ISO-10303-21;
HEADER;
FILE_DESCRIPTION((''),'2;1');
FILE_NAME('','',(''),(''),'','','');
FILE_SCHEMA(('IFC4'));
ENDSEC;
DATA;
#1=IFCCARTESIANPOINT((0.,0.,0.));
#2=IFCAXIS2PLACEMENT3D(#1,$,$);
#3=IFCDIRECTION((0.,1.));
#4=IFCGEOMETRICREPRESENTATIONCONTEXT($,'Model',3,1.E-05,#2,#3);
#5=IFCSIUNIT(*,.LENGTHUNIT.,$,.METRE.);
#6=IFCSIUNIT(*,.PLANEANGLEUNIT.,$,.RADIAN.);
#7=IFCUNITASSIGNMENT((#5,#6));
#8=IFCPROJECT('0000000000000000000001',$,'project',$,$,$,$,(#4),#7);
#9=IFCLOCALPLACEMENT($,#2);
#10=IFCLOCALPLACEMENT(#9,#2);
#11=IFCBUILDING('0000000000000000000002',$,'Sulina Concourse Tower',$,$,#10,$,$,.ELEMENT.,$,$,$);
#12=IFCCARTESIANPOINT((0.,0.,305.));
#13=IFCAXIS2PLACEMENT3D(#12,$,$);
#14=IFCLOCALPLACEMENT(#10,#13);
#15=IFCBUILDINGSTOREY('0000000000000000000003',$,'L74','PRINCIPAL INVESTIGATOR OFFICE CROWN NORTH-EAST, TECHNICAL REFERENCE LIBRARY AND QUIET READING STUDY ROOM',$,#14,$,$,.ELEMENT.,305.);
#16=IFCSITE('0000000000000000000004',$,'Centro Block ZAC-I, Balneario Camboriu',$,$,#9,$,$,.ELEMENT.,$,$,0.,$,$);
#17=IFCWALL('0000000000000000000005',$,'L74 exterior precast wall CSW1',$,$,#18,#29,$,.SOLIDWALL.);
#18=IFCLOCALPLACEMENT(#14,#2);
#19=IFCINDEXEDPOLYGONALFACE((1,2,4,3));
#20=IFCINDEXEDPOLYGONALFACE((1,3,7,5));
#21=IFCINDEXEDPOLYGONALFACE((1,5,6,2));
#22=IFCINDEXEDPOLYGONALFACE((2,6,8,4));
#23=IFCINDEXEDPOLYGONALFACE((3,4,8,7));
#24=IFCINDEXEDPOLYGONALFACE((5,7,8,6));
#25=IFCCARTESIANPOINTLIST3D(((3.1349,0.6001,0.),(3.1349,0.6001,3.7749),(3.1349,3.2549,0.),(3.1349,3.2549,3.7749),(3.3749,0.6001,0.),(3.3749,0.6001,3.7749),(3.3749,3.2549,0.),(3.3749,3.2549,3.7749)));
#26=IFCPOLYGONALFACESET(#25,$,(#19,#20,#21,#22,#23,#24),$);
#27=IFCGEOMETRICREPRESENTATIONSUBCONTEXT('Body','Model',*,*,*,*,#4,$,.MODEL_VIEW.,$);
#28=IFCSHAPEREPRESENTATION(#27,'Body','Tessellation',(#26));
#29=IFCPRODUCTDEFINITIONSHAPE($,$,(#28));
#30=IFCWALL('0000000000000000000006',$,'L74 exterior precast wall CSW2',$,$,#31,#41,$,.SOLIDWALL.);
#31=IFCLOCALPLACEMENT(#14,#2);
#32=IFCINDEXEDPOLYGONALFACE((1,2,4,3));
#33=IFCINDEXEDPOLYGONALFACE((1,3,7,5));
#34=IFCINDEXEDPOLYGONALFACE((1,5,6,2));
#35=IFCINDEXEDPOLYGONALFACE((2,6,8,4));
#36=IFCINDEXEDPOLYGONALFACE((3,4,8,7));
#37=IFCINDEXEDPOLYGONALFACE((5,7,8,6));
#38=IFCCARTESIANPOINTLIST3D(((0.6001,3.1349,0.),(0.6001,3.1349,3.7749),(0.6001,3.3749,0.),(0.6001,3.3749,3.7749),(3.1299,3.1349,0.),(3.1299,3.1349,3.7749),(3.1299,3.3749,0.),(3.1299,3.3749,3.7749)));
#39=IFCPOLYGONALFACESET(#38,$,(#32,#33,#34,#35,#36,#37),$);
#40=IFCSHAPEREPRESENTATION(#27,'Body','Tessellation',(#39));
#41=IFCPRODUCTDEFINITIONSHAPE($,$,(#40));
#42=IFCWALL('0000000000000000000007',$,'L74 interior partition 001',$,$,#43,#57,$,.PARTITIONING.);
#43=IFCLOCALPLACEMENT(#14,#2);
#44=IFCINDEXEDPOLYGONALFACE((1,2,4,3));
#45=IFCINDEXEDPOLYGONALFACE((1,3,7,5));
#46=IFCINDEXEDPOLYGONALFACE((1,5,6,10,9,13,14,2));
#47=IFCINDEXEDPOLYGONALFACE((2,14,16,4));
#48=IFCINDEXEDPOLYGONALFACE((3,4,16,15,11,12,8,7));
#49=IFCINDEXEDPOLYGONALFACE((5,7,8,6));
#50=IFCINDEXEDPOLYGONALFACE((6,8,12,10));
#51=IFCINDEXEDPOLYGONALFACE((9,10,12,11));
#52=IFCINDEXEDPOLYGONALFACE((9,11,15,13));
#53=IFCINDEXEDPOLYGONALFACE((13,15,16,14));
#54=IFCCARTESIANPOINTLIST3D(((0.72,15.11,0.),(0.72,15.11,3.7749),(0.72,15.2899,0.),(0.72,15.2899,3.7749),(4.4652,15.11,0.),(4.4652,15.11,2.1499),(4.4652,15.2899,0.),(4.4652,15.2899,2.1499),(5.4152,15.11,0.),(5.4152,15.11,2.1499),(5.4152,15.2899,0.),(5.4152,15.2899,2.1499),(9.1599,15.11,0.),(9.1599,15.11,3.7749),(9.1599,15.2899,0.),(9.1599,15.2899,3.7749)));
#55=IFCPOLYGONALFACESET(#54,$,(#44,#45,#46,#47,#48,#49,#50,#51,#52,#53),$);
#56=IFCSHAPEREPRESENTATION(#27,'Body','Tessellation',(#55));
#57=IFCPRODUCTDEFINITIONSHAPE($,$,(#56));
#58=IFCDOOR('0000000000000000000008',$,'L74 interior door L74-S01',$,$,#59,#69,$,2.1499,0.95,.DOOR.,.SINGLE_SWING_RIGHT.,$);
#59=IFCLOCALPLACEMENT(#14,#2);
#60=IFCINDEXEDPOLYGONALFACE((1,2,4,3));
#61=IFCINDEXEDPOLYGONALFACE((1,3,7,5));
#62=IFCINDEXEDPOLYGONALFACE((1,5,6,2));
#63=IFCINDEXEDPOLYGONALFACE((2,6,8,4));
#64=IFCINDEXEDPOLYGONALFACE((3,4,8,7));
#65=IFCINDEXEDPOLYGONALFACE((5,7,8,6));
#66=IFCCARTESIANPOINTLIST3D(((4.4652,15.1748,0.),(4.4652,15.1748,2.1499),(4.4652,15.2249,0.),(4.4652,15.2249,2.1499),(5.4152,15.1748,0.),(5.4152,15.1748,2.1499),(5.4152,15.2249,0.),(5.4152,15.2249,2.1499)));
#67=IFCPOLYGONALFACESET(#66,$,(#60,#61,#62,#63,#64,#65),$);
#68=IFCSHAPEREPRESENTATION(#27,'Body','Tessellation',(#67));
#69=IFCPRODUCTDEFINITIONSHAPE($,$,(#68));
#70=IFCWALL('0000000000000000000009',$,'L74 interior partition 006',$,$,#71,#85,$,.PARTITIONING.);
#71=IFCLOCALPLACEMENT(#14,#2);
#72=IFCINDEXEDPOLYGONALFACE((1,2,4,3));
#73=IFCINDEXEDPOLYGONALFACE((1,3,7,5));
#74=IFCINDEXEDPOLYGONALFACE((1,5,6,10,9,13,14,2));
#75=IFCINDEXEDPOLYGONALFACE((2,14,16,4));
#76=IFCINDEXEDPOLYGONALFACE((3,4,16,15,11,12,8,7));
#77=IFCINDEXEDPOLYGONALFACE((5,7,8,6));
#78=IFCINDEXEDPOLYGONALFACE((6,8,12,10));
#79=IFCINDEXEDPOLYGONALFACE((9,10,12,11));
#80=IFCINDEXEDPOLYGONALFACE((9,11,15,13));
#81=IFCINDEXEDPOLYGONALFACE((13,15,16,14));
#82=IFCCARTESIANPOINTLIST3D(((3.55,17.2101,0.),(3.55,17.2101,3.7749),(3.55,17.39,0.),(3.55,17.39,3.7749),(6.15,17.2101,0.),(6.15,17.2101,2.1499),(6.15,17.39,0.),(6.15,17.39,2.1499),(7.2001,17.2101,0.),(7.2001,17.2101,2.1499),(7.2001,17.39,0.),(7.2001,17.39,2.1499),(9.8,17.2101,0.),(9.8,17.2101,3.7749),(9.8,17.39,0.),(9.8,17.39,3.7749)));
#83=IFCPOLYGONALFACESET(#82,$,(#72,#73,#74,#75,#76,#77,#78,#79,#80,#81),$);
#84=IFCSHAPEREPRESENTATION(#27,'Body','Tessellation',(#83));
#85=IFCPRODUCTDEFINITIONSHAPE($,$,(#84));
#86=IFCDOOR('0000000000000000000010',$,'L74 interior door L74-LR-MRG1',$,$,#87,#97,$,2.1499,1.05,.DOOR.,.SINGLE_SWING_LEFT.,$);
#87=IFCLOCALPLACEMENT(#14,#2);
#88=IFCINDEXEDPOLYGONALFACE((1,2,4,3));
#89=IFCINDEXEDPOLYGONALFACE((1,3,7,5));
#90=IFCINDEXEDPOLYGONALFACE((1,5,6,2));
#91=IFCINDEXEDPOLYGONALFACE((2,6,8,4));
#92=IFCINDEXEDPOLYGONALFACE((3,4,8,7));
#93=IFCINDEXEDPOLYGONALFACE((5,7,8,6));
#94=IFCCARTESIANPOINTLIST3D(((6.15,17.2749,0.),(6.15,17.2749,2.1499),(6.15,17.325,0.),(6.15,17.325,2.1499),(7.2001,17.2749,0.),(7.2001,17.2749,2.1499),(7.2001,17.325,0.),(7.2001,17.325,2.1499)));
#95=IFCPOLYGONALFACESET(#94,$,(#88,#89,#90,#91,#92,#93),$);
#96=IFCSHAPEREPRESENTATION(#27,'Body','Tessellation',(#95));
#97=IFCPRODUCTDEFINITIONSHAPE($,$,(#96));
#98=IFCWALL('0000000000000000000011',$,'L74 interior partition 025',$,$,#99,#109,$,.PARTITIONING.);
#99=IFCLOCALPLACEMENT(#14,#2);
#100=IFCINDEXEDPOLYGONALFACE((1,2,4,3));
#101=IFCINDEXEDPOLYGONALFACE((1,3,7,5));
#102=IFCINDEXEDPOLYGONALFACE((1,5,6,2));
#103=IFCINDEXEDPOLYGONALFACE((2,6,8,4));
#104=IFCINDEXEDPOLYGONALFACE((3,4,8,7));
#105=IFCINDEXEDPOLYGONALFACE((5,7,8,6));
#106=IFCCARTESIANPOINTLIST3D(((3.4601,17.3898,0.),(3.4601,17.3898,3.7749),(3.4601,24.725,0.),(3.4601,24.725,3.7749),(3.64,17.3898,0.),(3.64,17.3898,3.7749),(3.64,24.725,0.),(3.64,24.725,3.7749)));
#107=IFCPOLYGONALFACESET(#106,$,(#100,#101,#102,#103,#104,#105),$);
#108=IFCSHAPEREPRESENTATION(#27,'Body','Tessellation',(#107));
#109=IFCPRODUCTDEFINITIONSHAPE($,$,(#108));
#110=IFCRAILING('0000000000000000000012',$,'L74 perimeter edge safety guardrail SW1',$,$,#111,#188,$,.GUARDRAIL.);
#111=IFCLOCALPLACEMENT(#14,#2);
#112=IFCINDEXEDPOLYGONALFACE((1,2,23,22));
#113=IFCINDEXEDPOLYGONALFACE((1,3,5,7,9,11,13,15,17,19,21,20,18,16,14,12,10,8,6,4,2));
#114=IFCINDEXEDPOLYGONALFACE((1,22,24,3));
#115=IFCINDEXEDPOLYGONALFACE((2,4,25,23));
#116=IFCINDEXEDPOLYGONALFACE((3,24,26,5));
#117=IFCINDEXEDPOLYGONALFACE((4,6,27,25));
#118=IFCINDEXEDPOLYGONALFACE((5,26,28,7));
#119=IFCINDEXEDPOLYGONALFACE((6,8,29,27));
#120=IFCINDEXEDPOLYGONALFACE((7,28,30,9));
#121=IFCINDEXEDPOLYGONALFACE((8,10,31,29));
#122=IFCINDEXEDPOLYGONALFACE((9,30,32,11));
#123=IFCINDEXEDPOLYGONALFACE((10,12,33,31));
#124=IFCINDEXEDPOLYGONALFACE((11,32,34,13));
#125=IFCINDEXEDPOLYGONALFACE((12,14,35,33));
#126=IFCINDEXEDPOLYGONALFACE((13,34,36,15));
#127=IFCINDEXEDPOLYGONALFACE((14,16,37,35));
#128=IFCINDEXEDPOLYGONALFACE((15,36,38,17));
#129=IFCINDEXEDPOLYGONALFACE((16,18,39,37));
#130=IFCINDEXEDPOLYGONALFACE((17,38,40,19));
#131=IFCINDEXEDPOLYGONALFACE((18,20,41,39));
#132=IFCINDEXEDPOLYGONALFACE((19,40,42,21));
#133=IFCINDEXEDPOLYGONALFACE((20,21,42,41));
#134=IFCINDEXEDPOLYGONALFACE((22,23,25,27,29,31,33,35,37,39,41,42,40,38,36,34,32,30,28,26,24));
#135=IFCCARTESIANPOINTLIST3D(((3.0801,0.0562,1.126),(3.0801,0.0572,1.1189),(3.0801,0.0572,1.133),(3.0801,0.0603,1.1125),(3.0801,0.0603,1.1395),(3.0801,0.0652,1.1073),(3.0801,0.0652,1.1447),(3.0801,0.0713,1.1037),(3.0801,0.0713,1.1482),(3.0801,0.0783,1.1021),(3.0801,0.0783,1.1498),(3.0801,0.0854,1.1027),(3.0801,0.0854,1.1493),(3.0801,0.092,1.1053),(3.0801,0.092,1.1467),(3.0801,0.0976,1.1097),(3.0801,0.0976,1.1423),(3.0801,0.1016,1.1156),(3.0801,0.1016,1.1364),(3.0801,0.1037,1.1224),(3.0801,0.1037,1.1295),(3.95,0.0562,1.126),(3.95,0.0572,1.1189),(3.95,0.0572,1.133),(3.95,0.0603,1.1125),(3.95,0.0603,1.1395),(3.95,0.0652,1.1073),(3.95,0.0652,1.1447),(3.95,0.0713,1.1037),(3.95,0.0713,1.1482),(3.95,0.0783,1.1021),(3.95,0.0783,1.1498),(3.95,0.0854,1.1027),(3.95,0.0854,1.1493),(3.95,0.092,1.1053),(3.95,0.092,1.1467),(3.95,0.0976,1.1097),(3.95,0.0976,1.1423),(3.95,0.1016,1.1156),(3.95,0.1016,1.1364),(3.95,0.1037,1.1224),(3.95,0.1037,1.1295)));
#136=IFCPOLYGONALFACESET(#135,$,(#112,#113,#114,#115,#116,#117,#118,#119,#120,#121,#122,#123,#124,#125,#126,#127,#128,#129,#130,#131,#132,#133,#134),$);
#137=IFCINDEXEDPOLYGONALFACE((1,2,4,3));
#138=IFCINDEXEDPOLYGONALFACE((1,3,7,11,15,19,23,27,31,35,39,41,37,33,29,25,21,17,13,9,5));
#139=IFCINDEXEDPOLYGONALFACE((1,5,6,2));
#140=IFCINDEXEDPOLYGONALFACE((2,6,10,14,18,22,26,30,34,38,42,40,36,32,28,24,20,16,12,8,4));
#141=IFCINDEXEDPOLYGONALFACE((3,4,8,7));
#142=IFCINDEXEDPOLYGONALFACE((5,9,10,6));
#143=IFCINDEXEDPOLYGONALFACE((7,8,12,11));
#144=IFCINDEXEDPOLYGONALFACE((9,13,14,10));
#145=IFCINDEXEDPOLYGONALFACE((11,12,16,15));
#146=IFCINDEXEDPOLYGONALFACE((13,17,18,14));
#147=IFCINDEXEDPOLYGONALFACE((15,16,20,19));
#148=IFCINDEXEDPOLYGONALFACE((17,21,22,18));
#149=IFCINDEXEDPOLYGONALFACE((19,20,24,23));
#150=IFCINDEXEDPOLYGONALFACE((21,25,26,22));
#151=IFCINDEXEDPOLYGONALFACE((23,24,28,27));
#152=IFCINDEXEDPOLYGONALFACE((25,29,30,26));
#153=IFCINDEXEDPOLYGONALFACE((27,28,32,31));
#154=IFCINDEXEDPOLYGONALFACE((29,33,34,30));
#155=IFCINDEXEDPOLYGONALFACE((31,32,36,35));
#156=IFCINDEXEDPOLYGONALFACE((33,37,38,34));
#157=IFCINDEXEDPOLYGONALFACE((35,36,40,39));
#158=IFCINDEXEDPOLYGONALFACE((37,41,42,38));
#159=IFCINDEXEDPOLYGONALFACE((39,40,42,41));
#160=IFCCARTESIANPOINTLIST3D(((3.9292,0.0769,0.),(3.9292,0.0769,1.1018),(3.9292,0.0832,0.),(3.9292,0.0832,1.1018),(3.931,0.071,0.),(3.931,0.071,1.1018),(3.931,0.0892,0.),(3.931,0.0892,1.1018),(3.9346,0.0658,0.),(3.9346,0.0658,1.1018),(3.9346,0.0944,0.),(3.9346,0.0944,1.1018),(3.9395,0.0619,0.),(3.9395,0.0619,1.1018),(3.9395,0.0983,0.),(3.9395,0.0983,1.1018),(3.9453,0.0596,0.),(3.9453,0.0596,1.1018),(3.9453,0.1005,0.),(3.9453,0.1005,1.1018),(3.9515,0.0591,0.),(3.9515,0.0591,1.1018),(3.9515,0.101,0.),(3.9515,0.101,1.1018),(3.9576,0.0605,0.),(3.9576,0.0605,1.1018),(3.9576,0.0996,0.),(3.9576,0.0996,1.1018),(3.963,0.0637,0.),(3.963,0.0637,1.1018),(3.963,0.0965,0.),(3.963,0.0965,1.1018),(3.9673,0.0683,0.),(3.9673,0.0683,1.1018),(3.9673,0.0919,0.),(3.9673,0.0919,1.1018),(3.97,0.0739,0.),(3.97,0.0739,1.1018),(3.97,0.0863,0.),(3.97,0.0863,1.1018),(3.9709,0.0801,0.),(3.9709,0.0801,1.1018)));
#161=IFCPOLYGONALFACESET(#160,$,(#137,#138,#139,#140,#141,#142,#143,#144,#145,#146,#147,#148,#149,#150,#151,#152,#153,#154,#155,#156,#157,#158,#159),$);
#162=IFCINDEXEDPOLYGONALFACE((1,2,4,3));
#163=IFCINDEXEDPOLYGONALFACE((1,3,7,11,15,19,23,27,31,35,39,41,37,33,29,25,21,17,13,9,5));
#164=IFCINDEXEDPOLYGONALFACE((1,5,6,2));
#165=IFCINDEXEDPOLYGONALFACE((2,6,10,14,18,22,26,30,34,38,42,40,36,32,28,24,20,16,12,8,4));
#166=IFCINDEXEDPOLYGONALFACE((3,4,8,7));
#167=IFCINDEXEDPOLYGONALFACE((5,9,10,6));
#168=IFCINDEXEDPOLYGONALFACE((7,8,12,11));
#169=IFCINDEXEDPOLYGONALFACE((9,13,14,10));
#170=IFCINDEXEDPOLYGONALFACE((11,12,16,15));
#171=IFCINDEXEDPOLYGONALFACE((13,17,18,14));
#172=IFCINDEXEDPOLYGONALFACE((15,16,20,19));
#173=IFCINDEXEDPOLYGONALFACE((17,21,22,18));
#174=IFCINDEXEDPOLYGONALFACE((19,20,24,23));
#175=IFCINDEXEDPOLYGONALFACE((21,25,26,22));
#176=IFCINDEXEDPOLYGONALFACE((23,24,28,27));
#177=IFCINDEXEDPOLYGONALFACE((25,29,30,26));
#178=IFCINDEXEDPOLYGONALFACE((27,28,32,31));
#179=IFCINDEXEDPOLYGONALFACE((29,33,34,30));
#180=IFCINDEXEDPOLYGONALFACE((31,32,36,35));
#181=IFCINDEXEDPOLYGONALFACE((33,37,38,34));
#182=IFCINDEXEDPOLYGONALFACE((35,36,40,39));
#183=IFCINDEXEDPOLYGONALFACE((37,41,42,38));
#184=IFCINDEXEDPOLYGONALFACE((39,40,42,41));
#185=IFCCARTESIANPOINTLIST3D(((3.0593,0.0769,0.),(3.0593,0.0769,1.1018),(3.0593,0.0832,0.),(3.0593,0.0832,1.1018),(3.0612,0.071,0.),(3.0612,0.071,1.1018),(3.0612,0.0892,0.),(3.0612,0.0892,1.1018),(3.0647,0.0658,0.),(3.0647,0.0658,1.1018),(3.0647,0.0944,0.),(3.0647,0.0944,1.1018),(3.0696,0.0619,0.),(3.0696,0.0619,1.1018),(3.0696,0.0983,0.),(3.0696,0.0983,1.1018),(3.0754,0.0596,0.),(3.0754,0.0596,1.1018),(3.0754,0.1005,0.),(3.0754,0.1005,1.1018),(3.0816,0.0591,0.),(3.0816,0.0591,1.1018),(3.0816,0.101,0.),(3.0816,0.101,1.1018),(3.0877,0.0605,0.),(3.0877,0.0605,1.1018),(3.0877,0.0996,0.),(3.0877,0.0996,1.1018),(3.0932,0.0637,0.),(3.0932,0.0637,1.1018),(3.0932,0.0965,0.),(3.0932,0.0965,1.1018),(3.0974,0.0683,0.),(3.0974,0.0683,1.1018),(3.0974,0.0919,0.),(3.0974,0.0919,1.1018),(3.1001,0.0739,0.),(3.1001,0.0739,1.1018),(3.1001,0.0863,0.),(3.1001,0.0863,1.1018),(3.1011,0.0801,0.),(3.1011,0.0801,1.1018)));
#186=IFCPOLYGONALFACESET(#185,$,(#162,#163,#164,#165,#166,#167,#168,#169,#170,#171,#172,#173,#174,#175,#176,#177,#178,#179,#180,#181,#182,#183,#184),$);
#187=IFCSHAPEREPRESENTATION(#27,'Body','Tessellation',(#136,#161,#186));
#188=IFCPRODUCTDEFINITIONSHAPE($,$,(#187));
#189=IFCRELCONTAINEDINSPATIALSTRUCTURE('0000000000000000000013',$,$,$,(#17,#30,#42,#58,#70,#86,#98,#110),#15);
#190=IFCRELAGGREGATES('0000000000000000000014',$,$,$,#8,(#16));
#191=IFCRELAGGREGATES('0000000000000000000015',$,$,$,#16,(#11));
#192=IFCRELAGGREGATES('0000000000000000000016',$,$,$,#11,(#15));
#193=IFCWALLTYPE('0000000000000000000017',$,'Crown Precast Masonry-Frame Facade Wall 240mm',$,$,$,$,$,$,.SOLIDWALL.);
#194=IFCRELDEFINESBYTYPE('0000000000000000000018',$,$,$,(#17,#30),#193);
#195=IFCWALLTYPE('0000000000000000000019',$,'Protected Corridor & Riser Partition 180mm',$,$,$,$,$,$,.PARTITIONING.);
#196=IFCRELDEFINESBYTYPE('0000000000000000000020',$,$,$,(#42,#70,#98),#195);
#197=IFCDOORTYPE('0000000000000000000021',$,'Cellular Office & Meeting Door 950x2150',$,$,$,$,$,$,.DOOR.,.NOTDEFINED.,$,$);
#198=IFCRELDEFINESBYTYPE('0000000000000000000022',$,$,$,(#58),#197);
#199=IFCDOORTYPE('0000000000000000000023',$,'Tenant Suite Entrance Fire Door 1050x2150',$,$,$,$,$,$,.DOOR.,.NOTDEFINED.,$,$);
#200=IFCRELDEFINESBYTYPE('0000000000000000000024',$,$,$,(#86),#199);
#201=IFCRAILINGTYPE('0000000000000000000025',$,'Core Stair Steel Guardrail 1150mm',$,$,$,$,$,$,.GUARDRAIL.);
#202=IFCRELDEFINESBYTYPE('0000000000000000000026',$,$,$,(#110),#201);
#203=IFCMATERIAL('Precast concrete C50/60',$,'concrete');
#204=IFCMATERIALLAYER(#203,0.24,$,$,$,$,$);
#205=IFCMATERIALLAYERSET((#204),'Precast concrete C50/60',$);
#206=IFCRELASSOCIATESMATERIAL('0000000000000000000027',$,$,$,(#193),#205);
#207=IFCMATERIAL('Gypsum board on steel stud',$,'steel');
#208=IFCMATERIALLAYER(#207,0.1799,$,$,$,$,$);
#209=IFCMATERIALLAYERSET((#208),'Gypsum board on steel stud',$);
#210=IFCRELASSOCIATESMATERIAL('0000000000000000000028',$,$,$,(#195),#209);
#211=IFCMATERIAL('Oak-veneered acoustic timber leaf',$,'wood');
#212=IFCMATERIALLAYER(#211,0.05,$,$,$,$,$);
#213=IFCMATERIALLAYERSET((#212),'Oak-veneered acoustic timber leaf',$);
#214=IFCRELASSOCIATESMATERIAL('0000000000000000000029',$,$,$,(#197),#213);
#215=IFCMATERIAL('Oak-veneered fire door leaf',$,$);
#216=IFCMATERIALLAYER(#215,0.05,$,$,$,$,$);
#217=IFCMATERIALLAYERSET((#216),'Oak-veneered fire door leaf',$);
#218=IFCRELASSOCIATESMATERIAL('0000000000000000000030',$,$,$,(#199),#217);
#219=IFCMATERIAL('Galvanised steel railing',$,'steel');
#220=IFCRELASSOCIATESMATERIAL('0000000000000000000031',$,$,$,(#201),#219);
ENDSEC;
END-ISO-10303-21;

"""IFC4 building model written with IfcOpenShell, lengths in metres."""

from ifc_helpers import new_model, si_unit, direction, frame, frame_2d, origin, origin_2d, place, context, subcontext, project, spatial, rectangle, circle, extrude, material, layer, layer_set, type_object, element, fill, save


model = new_model("IFC4")

# Units and contexts
model_context = context("Model", 3, precision=1e-05, world=origin(), true_north=direction((0.0, 1.0)))
body_context = subcontext(model_context, "Body", "Model", "MODEL_VIEW")
ifc_project = project(units=[si_unit("LENGTHUNIT", "METRE"), si_unit("PLANEANGLEUNIT", "RADIAN")], contexts=[model_context])

# Site, building, storey
site_placement = place(None, origin())
site = spatial("IfcSite", under=ifc_project, at=site_placement, Name="Centro Block ZAC-I, Balneario Camboriu", CompositionType="ELEMENT", RefElevation=0.0)
building_placement = place(site_placement, origin())
building = spatial("IfcBuilding", under=site, at=building_placement, Name="Sulina Concourse Tower", CompositionType="ELEMENT")
storey_placement = place(building_placement, frame((0.0, 0.0, 305.0)))
storey = spatial("IfcBuildingStorey", under=building, at=storey_placement, Name="L74", Description="PRINCIPAL INVESTIGATOR OFFICE CROWN NORTH-EAST, TECHNICAL REFERENCE LIBRARY AND QUIET READING STUDY ROOM", CompositionType="ELEMENT", Elevation=305.0)

# Shared definitions
ifc_material_1 = material(Name="Precast concrete C50/60", Category="concrete")
ifc_layer_1 = layer(ifc_material_1, 0.24)
ifc_layer_set_1 = layer_set([ifc_layer_1], Name="Precast concrete C50/60")
wall_type_1 = type_object("IfcWallType", Name="Crown Precast Masonry-Frame Facade Wall 240mm", PredefinedType="SOLIDWALL", material=ifc_layer_set_1)

# Walls
wall_1_placement = place(storey_placement, frame((3.2549, 0.6001, 0.0), z_axis=(0.0, 0.0, 1.0), x_axis=(0.0, 1.0, 0.0)))
element("IfcWall", 1, at=wall_1_placement, inside=storey, type_object=wall_type_1, Name="L74 exterior precast wall CSW1", PredefinedType="SOLIDWALL", context=body_context, shape_type="SweptSolid", body=[
    extrude(rectangle(XDim=2.6548, YDim=0.24, at=frame_2d((1.3274, 0.0))), origin(), (0.0, 0.0, 1.0), 3.7749),
])
wall_2_placement = place(storey_placement, frame((3.1299, 3.2549, 0.0), z_axis=(0.0, 0.0, 1.0), x_axis=(-1.0, 0.0, 0.0)))
element("IfcWall", 2, at=wall_2_placement, inside=storey, type_object=wall_type_1, Name="L74 exterior precast wall CSW2", PredefinedType="SOLIDWALL", context=body_context, shape_type="SweptSolid", body=[
    extrude(rectangle(XDim=2.5298, YDim=0.24, at=frame_2d((1.2649, 0.0))), origin(), (0.0, 0.0, 1.0), 3.7749),
])

# Walls, openings, doors
ifc_material_2 = material(Name="Gypsum board on steel stud", Category="steel")
ifc_layer_2 = layer(ifc_material_2, 0.1799)
ifc_layer_set_2 = layer_set([ifc_layer_2], Name="Gypsum board on steel stud")
wall_type_2 = type_object("IfcWallType", Name="Protected Corridor & Riser Partition 180mm", PredefinedType="PARTITIONING", material=ifc_layer_set_2)
wall_3_placement = place(storey_placement, frame((0.72, 15.2, 0.0), z_axis=(0.0, 0.0, 1.0), x_axis=(1.0, 0.0, 0.0)))
wall_3 = element("IfcWall", 3, at=wall_3_placement, inside=storey, type_object=wall_type_2, Name="L74 interior partition 001", PredefinedType="PARTITIONING", context=body_context, shape_type="SweptSolid", body=[
    extrude(rectangle(XDim=8.4399, YDim=0.1799, at=frame_2d((4.22, 0.0))), origin(), (0.0, 0.0, 1.0), 3.7749),
])
opening_1_placement = place(wall_3_placement, frame((3.7451, 0.0, 0.0)))
opening_1 = element("IfcOpeningElement", 4, at=opening_1_placement, cuts=wall_3, PredefinedType="OPENING", context=body_context, shape_type="SweptSolid", body=[
    extrude(rectangle(XDim=0.95, YDim=2.1499, at=frame_2d((0.4751, 1.075))), frame((0.0, 0.0999, 0.0), z_axis=(0.0, -1.0, 0.0), x_axis=(1.0, 0.0, 0.0)), (0.0, 0.0, 1.0), 0.2),
])
ifc_material_3 = material(Name="Oak-veneered acoustic timber leaf", Category="wood")
ifc_layer_3 = layer(ifc_material_3, 0.05)
ifc_layer_set_3 = layer_set([ifc_layer_3], Name="Oak-veneered acoustic timber leaf")
door_type_1 = type_object("IfcDoorType", Name="Cellular Office & Meeting Door 950x2150", OperationType="NOTDEFINED", PredefinedType="DOOR", material=ifc_layer_set_3)
door_1_placement = place(opening_1_placement, origin())
door_1 = element("IfcDoor", 5, at=door_1_placement, inside=storey, type_object=door_type_1, Name="L74 interior door L74-S01", OperationType="SINGLE_SWING_RIGHT", OverallHeight=2.1499, OverallWidth=0.95, PredefinedType="DOOR", context=body_context, shape_type="SweptSolid", body=[
    extrude(rectangle(XDim=0.95, YDim=2.1499, at=frame_2d((0.4751, 1.075))), frame((0.0, 0.0249, 0.0), z_axis=(0.0, -1.0, 0.0), x_axis=(1.0, 0.0, 0.0)), (0.0, 0.0, 1.0), 0.05),
])
fill(opening_1, door_1)
wall_4_placement = place(storey_placement, frame((3.55, 17.3, 0.0), z_axis=(0.0, 0.0, 1.0), x_axis=(1.0, 0.0, 0.0)))
wall_4 = element("IfcWall", 6, at=wall_4_placement, inside=storey, type_object=wall_type_2, Name="L74 interior partition 006", PredefinedType="PARTITIONING", context=body_context, shape_type="SweptSolid", body=[
    extrude(rectangle(XDim=6.25, YDim=0.1799, at=frame_2d((3.125, 0.0))), origin(), (0.0, 0.0, 1.0), 3.7749),
])
opening_2_placement = place(wall_4_placement, frame((2.6001, 0.0, 0.0)))
opening_2 = element("IfcOpeningElement", 7, at=opening_2_placement, cuts=wall_4, PredefinedType="OPENING", context=body_context, shape_type="SweptSolid", body=[
    extrude(rectangle(XDim=1.05, YDim=2.1499, at=frame_2d((0.5249, 1.075))), frame((0.0, 0.0999, 0.0), z_axis=(0.0, -1.0, 0.0), x_axis=(1.0, 0.0, 0.0)), (0.0, 0.0, 1.0), 0.2),
])
ifc_material_4 = material(Name="Oak-veneered fire door leaf")
ifc_layer_4 = layer(ifc_material_4, 0.05)
ifc_layer_set_4 = layer_set([ifc_layer_4], Name="Oak-veneered fire door leaf")
door_type_2 = type_object("IfcDoorType", Name="Tenant Suite Entrance Fire Door 1050x2150", OperationType="NOTDEFINED", PredefinedType="DOOR", material=ifc_layer_set_4)
door_2_placement = place(opening_2_placement, origin())
door_2 = element("IfcDoor", 8, at=door_2_placement, inside=storey, type_object=door_type_2, Name="L74 interior door L74-LR-MRG1", OperationType="SINGLE_SWING_LEFT", OverallHeight=2.1499, OverallWidth=1.05, PredefinedType="DOOR", context=body_context, shape_type="SweptSolid", body=[
    extrude(rectangle(XDim=1.05, YDim=2.1499, at=frame_2d((0.5249, 1.075))), frame((0.0, 0.0249, 0.0), z_axis=(0.0, -1.0, 0.0), x_axis=(1.0, 0.0, 0.0)), (0.0, 0.0, 1.0), 0.05),
])
fill(opening_2, door_2)

# Wall
wall_5_placement = place(storey_placement, frame((3.55, 17.3899, 0.0), z_axis=(0.0, 0.0, 1.0), x_axis=(0.0, 1.0, 0.0)))
element("IfcWall", 9, at=wall_5_placement, inside=storey, type_object=wall_type_2, Name="L74 interior partition 025", PredefinedType="PARTITIONING", context=body_context, shape_type="SweptSolid", body=[
    extrude(rectangle(XDim=7.3352, YDim=0.1799, at=frame_2d((3.6675, 0.0))), origin(), (0.0, 0.0, 1.0), 3.7749),
])

# Railing
ifc_material_5 = material(Name="Galvanised steel railing", Category="steel")
railing_type = type_object("IfcRailingType", Name="Core Stair Steel Guardrail 1150mm", PredefinedType="GUARDRAIL", material=ifc_material_5)
railing_1_placement = place(storey_placement, frame((3.95, 0.0801, 0.0)))
element("IfcRailing", 10, at=railing_1_placement, inside=storey, type_object=railing_type, Name="L74 perimeter edge safety guardrail SW1", PredefinedType="GUARDRAIL", context=body_context, shape_type="SweptSolid", body=[
    extrude(circle(Radius=0.0239, at=origin_2d()), frame((0.0, 0.0, 1.126), z_axis=(-1.0, 0.0, 0.0), x_axis=(0.0, -1.0, 0.0)), (0.0, 0.0, 1.0), 0.8699),
    extrude(circle(Radius=0.021, at=origin_2d()), origin(), (0.0, 0.0, 1.0), 1.1018),
    extrude(circle(Radius=0.021, at=origin_2d()), frame((-0.8699, 0.0, 0.0)), (0.0, 0.0, 1.0), 1.1018),
])

save(model, "model.ifc")
